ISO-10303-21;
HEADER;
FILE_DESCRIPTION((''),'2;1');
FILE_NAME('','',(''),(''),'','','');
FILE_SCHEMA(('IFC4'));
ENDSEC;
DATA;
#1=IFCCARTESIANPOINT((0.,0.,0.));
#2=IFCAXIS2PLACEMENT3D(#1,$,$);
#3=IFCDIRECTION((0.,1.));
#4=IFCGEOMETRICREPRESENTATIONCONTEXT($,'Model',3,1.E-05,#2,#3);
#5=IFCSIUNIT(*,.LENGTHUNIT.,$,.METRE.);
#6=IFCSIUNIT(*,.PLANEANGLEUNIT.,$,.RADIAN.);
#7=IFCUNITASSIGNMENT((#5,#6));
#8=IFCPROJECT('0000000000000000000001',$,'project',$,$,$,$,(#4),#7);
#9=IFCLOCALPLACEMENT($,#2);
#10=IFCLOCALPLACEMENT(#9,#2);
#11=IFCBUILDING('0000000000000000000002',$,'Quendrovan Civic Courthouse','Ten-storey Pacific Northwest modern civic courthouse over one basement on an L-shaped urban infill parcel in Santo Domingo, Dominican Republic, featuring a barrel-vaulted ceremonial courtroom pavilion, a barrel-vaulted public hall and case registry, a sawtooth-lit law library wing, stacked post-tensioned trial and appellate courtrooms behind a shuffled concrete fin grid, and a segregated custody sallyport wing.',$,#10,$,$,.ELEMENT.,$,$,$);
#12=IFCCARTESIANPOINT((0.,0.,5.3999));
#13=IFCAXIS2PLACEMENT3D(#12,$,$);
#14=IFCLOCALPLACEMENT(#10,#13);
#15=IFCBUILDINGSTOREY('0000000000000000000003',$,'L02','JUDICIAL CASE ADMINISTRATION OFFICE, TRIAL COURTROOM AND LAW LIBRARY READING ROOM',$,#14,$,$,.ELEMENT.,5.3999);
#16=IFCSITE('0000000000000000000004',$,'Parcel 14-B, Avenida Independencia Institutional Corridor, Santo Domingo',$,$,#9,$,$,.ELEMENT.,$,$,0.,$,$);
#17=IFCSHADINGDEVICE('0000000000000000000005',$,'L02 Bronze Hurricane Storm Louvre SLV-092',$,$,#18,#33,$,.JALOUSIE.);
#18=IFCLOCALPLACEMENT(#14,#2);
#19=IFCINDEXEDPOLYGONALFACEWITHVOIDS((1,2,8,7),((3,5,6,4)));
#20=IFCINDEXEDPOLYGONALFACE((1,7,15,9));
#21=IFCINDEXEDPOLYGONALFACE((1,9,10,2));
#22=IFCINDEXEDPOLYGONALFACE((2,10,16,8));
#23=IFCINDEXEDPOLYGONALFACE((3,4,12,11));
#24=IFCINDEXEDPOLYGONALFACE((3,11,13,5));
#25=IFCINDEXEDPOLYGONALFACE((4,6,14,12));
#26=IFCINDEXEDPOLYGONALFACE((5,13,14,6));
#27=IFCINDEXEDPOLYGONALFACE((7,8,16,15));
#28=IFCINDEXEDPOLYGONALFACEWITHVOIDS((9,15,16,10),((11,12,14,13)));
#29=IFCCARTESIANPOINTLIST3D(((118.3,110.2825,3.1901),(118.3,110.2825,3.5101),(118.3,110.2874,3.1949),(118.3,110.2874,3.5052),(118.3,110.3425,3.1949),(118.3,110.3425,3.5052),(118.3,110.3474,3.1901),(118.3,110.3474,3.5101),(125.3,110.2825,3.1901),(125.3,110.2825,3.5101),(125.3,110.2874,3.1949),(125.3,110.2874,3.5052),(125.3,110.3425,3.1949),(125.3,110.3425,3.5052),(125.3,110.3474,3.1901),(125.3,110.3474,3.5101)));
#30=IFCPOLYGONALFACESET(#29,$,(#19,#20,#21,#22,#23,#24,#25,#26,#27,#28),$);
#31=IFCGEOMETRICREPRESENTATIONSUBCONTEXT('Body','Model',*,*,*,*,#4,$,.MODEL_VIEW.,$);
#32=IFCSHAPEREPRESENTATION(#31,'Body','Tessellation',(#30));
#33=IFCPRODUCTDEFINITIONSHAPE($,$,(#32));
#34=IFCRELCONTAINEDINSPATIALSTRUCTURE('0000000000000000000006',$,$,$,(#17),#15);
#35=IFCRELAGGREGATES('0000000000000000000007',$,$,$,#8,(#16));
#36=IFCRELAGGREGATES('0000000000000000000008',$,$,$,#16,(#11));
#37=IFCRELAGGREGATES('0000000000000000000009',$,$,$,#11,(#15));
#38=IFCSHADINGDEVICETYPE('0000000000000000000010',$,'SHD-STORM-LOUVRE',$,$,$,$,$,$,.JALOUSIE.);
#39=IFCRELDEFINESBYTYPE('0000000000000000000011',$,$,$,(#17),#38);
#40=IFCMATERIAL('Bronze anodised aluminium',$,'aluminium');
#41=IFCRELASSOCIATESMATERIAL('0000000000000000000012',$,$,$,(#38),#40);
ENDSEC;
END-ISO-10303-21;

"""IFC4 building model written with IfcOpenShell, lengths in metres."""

from ifc_helpers import new_model, si_unit, direction, frame, origin, origin_2d, place, context, subcontext, project, spatial, hollow_rectangle, extrude, material, material_profile, profile_set, type_object, element, save


model = new_model("IFC4")

# Units and contexts
model_context = context("Model", 3, precision=1e-05, world=origin(), true_north=direction((0.0, 1.0)))
body_context = subcontext(model_context, "Body", "Model", "MODEL_VIEW")
ifc_project = project(units=[si_unit("LENGTHUNIT", "METRE"), si_unit("PLANEANGLEUNIT", "RADIAN")], contexts=[model_context])

# Site, building, storey
site_placement = place(None, origin())
site = spatial("IfcSite", under=ifc_project, at=site_placement, Name="Parcel 14-B, Avenida Independencia Institutional Corridor, Santo Domingo", CompositionType="ELEMENT", RefElevation=0.0)
building_placement = place(site_placement, origin())
building = spatial("IfcBuilding", under=site, at=building_placement, Name="Quendrovan Civic Courthouse", Description="Ten-storey Pacific Northwest modern civic courthouse over one basement on an L-shaped urban infill parcel in Santo Domingo, Dominican Republic, featuring a barrel-vaulted ceremonial courtroom pavilion, a barrel-vaulted public hall and case registry, a sawtooth-lit law library wing, stacked post-tensioned trial and appellate courtrooms behind a shuffled concrete fin grid, and a segregated custody sallyport wing.", CompositionType="ELEMENT")
storey_placement = place(building_placement, frame((0.0, 0.0, 5.3999)))
storey = spatial("IfcBuildingStorey", under=building, at=storey_placement, Name="L02", Description="JUDICIAL CASE ADMINISTRATION OFFICE, TRIAL COURTROOM AND LAW LIBRARY READING ROOM", CompositionType="ELEMENT", Elevation=5.3999)

# Shared definitions
ifc_material_1 = material(Name="Bronze anodised aluminium", Category="aluminium")

# Shading device
ifc_material_profile_1 = material_profile(ifc_material_1, hollow_rectangle(XDim=0.0649, YDim=0.3201, WallThickness=0.0049, at=origin_2d()), Name="AL-LOUVRE-65x320")
ifc_profile_set_1 = profile_set([ifc_material_profile_1], Name="Bronze anodised aluminium")
shading_device_type = type_object("IfcShadingDeviceType", Name="SHD-STORM-LOUVRE", PredefinedType="JALOUSIE", material=ifc_profile_set_1)
for number, where, z_axis, x_axis, name in (
    (1, (118.3, 110.3149, 3.3501), (1.0, 0.0, 0.0), (0.0, 1.0, 0.0), "L02 Bronze Hurricane Storm Louvre SLV-092"),
):
    element("IfcShadingDevice", number, at=place(storey_placement, frame(where, z_axis=z_axis, x_axis=x_axis)), inside=storey, type_object=shading_device_type, Name=name, PredefinedType="JALOUSIE", context=body_context, shape_type="SweptSolid", body=[
        extrude(hollow_rectangle(XDim=0.0649, YDim=0.3201, WallThickness=0.0049, at=origin_2d()), origin(), (0.0, 0.0, 1.0), 7.0),
    ])

save(model, "model.ifc")
